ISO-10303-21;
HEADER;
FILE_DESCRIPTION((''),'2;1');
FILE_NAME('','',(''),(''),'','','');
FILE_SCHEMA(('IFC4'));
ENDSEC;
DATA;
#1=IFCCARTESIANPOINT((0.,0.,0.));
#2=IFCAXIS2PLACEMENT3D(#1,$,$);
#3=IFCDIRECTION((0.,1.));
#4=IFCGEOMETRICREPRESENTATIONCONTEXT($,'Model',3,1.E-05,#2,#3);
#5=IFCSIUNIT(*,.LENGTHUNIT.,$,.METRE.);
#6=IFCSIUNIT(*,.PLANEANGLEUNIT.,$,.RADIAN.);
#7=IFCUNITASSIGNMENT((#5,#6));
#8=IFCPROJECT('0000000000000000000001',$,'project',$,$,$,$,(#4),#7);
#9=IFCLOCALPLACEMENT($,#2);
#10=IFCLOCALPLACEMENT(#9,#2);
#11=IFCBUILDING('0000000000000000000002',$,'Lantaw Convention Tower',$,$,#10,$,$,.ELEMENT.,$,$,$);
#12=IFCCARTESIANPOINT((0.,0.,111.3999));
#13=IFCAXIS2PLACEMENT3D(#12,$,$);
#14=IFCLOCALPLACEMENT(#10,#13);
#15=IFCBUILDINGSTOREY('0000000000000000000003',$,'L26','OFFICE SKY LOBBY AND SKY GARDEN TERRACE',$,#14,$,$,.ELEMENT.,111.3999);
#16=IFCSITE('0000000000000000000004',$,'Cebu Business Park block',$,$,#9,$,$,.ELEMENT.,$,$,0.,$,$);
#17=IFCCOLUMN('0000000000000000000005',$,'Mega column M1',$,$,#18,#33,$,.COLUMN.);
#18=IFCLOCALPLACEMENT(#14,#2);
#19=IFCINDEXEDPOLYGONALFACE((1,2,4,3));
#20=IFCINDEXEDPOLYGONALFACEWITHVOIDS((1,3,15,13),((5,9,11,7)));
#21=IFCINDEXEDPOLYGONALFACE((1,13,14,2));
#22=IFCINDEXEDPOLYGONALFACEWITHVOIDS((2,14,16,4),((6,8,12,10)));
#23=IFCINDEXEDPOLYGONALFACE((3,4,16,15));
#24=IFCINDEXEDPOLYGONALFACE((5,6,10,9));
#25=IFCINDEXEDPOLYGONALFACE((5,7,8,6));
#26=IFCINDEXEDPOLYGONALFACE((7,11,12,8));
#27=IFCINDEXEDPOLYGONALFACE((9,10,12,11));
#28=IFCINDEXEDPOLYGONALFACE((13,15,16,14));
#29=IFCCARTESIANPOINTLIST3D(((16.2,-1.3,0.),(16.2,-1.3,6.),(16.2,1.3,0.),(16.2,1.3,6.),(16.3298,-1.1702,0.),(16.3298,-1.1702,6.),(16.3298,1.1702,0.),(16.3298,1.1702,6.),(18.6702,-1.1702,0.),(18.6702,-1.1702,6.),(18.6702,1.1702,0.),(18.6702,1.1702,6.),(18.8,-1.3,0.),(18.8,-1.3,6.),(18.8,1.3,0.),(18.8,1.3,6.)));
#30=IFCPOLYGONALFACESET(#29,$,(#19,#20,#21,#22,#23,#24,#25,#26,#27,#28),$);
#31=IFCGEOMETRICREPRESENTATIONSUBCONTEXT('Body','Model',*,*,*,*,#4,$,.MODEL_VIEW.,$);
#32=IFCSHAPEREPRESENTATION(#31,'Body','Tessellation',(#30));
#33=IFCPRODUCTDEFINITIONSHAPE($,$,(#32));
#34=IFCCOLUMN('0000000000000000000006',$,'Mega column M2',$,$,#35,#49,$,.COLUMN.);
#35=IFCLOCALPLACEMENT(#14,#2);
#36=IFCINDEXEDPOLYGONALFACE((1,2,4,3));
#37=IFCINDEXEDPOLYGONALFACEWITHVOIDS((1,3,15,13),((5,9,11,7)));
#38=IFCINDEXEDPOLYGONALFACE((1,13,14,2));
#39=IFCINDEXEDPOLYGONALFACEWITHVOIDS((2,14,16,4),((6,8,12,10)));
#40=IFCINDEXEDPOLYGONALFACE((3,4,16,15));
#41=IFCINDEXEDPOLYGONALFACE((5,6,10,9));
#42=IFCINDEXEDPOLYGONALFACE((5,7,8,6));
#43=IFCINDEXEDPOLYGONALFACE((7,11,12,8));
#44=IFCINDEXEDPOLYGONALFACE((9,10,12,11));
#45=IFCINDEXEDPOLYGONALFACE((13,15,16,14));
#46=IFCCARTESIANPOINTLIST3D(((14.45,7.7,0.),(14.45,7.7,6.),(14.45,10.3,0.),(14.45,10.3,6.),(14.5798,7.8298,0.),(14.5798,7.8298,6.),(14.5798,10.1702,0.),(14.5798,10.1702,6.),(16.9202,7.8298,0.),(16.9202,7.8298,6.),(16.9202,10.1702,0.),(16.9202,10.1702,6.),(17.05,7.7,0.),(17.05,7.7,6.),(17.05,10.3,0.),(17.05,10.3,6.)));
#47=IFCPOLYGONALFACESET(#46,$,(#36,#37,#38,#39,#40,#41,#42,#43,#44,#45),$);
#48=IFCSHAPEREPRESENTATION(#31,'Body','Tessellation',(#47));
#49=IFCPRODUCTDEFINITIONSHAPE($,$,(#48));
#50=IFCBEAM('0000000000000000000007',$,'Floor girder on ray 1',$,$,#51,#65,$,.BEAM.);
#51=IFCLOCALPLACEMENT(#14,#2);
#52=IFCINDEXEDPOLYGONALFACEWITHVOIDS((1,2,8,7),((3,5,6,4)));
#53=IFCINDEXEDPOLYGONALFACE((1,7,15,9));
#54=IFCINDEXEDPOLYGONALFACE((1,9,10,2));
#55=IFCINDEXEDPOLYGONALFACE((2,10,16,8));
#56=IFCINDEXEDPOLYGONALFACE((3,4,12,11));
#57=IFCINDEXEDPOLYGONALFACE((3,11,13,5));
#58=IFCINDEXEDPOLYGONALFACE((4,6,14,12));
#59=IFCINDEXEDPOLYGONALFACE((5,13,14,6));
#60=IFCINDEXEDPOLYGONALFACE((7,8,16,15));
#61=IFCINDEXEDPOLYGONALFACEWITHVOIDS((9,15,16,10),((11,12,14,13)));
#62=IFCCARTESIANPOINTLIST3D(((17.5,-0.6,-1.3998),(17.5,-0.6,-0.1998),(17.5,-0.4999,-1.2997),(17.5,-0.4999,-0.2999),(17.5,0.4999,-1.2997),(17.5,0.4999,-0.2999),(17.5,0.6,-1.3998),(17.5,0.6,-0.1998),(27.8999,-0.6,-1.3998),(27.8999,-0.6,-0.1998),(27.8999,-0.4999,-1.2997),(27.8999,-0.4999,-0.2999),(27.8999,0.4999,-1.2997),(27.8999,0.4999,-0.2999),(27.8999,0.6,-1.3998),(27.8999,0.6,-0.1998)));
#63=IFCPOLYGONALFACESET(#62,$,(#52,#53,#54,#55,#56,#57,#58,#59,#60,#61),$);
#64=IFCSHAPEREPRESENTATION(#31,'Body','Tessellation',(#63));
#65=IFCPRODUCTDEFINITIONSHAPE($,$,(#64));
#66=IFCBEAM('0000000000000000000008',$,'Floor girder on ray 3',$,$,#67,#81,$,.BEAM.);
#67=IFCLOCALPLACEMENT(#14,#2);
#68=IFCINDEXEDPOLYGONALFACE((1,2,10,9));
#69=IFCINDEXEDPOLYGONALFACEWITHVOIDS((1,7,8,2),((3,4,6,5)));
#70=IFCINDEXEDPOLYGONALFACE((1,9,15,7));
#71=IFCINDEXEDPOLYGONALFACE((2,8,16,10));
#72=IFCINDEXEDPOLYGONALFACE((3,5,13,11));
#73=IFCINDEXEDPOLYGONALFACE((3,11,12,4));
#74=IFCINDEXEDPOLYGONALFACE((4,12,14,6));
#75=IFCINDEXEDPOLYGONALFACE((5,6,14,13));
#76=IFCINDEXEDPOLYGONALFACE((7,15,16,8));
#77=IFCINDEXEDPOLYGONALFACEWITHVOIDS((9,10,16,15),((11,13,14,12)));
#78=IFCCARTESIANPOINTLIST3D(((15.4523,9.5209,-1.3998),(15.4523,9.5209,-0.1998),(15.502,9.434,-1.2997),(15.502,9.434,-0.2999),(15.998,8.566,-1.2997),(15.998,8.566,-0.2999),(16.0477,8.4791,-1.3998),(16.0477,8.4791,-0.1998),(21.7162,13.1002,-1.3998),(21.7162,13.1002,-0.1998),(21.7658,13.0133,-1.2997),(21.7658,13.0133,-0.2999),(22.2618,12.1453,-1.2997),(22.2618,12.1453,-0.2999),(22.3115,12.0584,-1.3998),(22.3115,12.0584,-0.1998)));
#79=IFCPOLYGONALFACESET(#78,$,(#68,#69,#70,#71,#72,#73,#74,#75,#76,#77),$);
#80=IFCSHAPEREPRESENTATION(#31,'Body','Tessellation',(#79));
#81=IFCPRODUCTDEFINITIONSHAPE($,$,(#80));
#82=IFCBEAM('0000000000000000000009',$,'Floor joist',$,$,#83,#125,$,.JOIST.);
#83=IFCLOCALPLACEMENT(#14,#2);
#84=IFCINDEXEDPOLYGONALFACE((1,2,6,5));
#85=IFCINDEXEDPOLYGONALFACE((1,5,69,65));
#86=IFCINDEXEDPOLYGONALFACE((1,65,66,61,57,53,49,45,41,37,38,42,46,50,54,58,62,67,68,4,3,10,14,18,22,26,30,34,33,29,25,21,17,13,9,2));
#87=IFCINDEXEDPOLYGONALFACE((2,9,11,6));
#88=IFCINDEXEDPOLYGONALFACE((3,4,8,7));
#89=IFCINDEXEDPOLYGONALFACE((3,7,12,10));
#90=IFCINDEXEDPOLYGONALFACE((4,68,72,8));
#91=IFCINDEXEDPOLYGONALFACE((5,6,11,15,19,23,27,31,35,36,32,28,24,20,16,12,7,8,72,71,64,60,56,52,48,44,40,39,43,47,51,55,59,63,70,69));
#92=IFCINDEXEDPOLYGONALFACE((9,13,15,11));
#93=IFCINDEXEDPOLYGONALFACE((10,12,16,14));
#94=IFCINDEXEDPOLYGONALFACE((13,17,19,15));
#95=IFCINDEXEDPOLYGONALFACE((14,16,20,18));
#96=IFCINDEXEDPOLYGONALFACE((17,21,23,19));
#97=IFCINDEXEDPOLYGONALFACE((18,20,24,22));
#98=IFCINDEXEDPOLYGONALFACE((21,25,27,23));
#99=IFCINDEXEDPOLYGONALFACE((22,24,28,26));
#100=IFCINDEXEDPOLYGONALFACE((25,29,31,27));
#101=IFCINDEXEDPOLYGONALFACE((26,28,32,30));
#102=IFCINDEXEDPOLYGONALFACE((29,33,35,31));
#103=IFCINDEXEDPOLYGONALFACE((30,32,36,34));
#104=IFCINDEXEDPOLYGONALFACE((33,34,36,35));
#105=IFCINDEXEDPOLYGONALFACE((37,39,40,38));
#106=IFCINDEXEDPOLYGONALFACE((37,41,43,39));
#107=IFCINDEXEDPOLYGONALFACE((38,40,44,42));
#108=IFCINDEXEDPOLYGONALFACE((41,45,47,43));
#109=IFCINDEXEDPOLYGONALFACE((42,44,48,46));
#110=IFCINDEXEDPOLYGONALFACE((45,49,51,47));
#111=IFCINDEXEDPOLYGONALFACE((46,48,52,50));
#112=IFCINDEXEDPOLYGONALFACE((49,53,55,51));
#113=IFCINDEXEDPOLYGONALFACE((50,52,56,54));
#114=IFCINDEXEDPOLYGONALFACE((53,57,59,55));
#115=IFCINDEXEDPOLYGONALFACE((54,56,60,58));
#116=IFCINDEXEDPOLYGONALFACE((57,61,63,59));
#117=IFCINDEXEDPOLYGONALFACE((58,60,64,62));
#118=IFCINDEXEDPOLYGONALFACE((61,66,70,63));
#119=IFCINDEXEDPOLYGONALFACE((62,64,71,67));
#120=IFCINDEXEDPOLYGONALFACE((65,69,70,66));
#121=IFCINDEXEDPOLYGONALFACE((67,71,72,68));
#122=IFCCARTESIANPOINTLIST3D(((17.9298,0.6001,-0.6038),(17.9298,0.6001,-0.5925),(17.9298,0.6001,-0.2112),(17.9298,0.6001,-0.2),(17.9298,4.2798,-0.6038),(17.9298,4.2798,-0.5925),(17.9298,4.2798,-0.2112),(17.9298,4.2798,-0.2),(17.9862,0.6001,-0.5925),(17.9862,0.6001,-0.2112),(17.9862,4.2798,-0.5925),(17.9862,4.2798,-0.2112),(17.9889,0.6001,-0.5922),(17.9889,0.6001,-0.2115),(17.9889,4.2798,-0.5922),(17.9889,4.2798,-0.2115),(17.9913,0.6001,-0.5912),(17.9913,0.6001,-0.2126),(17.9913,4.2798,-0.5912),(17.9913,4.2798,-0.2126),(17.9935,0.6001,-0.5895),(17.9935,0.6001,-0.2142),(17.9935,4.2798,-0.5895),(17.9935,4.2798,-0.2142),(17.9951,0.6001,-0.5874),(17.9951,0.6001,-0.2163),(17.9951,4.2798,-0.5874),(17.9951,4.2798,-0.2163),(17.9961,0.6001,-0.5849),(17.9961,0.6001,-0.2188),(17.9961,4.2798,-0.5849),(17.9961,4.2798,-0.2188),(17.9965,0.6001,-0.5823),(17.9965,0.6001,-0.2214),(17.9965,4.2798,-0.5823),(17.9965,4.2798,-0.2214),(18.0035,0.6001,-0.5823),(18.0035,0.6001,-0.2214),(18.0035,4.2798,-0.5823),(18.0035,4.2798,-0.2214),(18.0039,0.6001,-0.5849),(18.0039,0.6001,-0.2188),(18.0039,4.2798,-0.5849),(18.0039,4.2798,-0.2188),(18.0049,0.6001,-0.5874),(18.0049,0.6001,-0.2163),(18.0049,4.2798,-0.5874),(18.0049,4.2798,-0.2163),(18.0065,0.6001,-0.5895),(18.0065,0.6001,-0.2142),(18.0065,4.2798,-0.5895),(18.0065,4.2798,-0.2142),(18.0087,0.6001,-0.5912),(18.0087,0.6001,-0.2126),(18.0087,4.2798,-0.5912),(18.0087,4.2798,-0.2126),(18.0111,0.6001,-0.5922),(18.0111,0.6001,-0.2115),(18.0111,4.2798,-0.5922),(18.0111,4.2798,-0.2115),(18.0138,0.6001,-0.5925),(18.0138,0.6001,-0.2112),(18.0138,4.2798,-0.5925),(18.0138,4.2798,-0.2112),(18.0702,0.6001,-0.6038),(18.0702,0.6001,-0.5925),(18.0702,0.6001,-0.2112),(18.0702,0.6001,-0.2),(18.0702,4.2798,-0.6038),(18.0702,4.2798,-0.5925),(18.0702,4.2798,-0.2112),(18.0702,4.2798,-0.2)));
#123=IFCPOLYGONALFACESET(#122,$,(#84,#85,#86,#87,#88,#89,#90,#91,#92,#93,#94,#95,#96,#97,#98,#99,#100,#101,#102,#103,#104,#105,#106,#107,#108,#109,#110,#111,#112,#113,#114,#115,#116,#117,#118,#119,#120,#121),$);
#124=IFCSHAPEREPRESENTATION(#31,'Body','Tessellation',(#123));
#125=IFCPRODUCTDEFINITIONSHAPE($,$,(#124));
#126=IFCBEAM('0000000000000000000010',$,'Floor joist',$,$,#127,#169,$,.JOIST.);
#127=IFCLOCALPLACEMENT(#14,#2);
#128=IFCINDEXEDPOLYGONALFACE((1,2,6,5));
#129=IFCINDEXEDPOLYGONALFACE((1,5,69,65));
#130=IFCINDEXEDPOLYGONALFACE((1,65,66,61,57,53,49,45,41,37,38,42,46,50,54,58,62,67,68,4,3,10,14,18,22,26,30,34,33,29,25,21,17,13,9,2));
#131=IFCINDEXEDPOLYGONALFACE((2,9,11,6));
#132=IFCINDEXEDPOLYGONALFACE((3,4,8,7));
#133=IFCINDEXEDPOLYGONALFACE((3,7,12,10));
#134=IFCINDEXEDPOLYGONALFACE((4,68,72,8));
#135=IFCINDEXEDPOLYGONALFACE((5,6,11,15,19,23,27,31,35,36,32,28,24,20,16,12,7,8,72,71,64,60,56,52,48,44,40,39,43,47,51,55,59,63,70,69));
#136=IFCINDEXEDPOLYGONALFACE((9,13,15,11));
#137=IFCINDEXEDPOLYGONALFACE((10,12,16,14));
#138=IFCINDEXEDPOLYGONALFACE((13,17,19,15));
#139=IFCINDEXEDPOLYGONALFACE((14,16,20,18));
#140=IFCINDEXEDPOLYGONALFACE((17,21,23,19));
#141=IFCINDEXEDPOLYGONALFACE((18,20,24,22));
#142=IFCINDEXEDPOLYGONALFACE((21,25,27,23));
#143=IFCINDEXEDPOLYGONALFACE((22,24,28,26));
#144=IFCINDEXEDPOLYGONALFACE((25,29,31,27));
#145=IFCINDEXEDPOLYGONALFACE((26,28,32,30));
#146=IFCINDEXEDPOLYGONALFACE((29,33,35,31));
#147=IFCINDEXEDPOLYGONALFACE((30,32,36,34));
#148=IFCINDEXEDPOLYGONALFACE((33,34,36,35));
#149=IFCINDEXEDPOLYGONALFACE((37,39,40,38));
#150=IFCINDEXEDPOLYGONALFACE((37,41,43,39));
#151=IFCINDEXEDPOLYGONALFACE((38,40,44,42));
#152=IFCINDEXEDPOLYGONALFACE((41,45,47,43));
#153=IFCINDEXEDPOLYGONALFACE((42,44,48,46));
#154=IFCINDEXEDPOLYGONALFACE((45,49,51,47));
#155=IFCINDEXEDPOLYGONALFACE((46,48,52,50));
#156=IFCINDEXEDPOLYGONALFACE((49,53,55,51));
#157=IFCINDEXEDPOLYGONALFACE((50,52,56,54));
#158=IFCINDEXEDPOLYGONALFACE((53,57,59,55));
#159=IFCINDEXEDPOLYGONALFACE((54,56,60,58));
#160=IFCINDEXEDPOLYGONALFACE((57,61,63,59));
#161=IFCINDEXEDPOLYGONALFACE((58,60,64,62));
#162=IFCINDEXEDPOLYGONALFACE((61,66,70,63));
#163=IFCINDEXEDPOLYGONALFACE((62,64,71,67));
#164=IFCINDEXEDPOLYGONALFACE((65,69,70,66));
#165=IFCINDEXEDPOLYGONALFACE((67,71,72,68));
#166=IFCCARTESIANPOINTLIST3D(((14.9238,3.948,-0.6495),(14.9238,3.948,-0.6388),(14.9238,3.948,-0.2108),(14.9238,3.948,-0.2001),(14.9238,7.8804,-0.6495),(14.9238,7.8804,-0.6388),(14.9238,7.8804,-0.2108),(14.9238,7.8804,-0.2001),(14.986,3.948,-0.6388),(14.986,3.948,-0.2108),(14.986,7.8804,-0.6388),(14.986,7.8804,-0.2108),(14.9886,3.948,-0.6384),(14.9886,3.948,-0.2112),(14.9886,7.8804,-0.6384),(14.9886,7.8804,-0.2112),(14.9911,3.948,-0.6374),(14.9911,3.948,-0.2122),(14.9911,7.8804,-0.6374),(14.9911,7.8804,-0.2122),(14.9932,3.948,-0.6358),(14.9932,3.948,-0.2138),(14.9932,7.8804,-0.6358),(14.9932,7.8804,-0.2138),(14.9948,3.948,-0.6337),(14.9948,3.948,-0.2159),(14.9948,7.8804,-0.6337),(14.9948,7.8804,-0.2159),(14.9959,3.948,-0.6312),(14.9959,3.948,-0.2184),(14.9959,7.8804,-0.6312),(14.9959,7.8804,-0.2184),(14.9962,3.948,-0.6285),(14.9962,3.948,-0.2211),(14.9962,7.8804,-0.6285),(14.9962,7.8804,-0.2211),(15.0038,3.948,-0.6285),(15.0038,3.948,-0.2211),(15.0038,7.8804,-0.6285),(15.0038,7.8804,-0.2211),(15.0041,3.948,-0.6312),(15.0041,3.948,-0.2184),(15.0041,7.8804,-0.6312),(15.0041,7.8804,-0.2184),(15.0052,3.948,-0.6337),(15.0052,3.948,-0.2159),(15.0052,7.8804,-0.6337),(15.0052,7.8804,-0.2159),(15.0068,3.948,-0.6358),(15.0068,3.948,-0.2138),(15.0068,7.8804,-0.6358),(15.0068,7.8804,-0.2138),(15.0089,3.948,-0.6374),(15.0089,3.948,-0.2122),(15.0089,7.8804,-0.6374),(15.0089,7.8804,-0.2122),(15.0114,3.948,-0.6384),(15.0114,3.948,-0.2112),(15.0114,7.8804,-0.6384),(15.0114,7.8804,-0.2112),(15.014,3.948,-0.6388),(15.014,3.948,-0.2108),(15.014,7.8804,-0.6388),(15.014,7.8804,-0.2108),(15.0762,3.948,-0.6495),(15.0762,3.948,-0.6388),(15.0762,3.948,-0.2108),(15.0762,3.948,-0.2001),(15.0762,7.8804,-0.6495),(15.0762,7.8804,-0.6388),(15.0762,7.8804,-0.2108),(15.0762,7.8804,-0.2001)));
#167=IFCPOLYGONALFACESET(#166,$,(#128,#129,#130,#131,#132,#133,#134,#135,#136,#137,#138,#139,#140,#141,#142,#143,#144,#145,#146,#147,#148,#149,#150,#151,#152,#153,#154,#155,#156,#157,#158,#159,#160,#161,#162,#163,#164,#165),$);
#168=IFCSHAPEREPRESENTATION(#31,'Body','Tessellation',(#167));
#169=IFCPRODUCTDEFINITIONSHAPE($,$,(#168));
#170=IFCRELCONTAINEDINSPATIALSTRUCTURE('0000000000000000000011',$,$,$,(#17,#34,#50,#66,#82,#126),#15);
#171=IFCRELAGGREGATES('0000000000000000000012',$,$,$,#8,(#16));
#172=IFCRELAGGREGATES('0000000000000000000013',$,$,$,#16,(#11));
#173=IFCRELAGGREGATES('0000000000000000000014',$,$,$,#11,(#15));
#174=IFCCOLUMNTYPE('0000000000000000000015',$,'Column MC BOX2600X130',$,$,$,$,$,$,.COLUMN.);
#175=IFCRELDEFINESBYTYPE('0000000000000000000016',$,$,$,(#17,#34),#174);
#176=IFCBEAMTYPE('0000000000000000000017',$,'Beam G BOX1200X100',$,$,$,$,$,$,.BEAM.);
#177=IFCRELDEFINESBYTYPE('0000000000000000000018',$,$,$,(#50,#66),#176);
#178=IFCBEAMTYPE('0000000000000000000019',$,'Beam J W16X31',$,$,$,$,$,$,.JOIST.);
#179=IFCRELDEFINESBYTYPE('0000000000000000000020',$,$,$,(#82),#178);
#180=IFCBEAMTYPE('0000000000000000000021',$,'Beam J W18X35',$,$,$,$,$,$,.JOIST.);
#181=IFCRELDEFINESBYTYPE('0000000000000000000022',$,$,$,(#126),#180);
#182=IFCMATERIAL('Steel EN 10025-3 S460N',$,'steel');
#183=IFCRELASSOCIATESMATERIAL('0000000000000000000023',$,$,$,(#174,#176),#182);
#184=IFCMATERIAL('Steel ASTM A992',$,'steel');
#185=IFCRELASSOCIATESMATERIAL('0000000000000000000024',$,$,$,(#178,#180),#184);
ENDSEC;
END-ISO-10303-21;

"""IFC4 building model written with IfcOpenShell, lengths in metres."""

from ifc_helpers import new_model, si_unit, direction, frame, origin, origin_2d, place, context, subcontext, project, spatial, rectangle, hollow_rectangle, i_section, extrude, material, material_profile, profile_set, type_object, element, save


model = new_model("IFC4")

# Units and contexts
model_context = context("Model", 3, precision=1e-05, world=origin(), true_north=direction((0.0, 1.0)))
body_context = subcontext(model_context, "Body", "Model", "MODEL_VIEW")
ifc_project = project(units=[si_unit("LENGTHUNIT", "METRE"), si_unit("PLANEANGLEUNIT", "RADIAN")], contexts=[model_context])

# Site, building, storey
site_placement = place(None, origin())
site = spatial("IfcSite", under=ifc_project, at=site_placement, Name="Cebu Business Park block", CompositionType="ELEMENT", RefElevation=0.0)
building_placement = place(site_placement, origin())
building = spatial("IfcBuilding", under=site, at=building_placement, Name="Lantaw Convention Tower", CompositionType="ELEMENT")
storey_placement = place(building_placement, frame((0.0, 0.0, 111.3999)))
storey = spatial("IfcBuildingStorey", under=building, at=storey_placement, Name="L26", Description="OFFICE SKY LOBBY AND SKY GARDEN TERRACE", CompositionType="ELEMENT", Elevation=111.3999)

# Columns
ifc_material_1 = material(Name="Steel EN 10025-3 S460N", Category="steel")
ifc_material_profile_1 = material_profile(ifc_material_1, hollow_rectangle(XDim=2.6001, YDim=2.6001, WallThickness=0.1299, at=origin_2d()), Name="BOX2600X130")
ifc_material_2 = material(Name="Concrete C60/75", Category="concrete")
ifc_material_profile_2 = material_profile(ifc_material_2, rectangle(XDim=2.3401, YDim=2.3401, at=origin_2d()), Name="Concrete fill of BOX2600X130")
ifc_profile_set_1 = profile_set([ifc_material_profile_1, ifc_material_profile_2], Name="Steel EN 10025-3 S460N")
column_type = type_object("IfcColumnType", Name="Column MC BOX2600X130", PredefinedType="COLUMN", material=ifc_profile_set_1)
for number, where, z_axis, x_axis, name in (
    (1, (17.5, 0.0, 0.0), (0.0, 0.0, 1.0), (1.0, 0.0, 0.0), "Mega column M1"),
    (2, (15.75, 9.0, 0.0), (0.0, 0.0, 1.0), (1.0, 0.0, 0.0), "Mega column M2"),
):
    element("IfcColumn", number, at=place(storey_placement, frame(where, z_axis=z_axis, x_axis=x_axis)), inside=storey, type_object=column_type, Name=name, PredefinedType="COLUMN", context=body_context, shape_type="SweptSolid", body=[
        extrude(hollow_rectangle(XDim=2.6001, YDim=2.6001, WallThickness=0.1299, at=origin_2d()), origin(), (0.0, 0.0, 1.0), 6.0),
    ])

# Beams
ifc_material_profile_3 = material_profile(ifc_material_1, hollow_rectangle(XDim=1.2, YDim=1.2, WallThickness=0.1001, at=origin_2d()), Name="BOX1200X100")
ifc_profile_set_2 = profile_set([ifc_material_profile_3], Name="Steel EN 10025-3 S460N")
beam_type_1 = type_object("IfcBeamType", Name="Beam G BOX1200X100", PredefinedType="BEAM", material=ifc_profile_set_2)
beam_1_placement = place(storey_placement, frame((17.5, 0.0, -0.7998), z_axis=(1.0, 0.0, 0.0), x_axis=(0.0, 1.0, 0.0)))
element("IfcBeam", 3, at=beam_1_placement, inside=storey, type_object=beam_type_1, Name="Floor girder on ray 1", PredefinedType="BEAM", context=body_context, shape_type="SweptSolid", body=[
    extrude(hollow_rectangle(XDim=1.2, YDim=1.2, WallThickness=0.1001, at=origin_2d()), origin(), (0.0, 0.0, 1.0), 10.3999),
])
beam_2_placement = place(storey_placement, frame((15.75, 9.0, -0.7998), z_axis=(0.868245, 0.496135, 0.0), x_axis=(-0.496135, 0.868245, 0.0)))
element("IfcBeam", 4, at=beam_2_placement, inside=storey, type_object=beam_type_1, Name="Floor girder on ray 3", PredefinedType="BEAM", context=body_context, shape_type="SweptSolid", body=[
    extrude(hollow_rectangle(XDim=1.2, YDim=1.2, WallThickness=0.1001, at=origin_2d()), origin(), (0.0, 0.0, 1.0), 7.2144),
])
ifc_material_3 = material(Name="Steel ASTM A992", Category="steel")
ifc_material_profile_4 = material_profile(ifc_material_3, i_section(OverallWidth=0.1404, OverallDepth=0.4038, WebThickness=0.0071, FlangeThickness=0.0112, FilletRadius=0.0103, at=origin_2d()), Name="W16X31")
ifc_profile_set_3 = profile_set([ifc_material_profile_4], Name="Steel ASTM A992")
beam_type_2 = type_object("IfcBeamType", Name="Beam J W16X31", PredefinedType="JOIST", material=ifc_profile_set_3)
beam_3_placement = place(storey_placement, frame((18.0, 0.6001, -0.4019), z_axis=(0.0, 1.0, 0.0), x_axis=(-1.0, 0.0, 0.0)))
element("IfcBeam", 5, at=beam_3_placement, inside=storey, type_object=beam_type_2, Name="Floor joist", PredefinedType="JOIST", context=body_context, shape_type="SweptSolid", body=[
    extrude(i_section(OverallWidth=0.1404, OverallDepth=0.4038, WebThickness=0.0071, FlangeThickness=0.0112, FilletRadius=0.0103, at=origin_2d()), origin(), (0.0, 0.0, 1.0), 3.6797),
])
ifc_material_profile_5 = material_profile(ifc_material_3, i_section(OverallWidth=0.1523, OverallDepth=0.4495, WebThickness=0.0076, FlangeThickness=0.0107, FilletRadius=0.0103, at=origin_2d()), Name="W18X35")
ifc_profile_set_4 = profile_set([ifc_material_profile_5], Name="Steel ASTM A992")
beam_type_3 = type_object("IfcBeamType", Name="Beam J W18X35", PredefinedType="JOIST", material=ifc_profile_set_4)
beam_4_placement = place(storey_placement, frame((15.0, 3.948, -0.4248), z_axis=(0.0, 1.0, 0.0), x_axis=(-1.0, 0.0, 0.0)))
element("IfcBeam", 6, at=beam_4_placement, inside=storey, type_object=beam_type_3, Name="Floor joist", PredefinedType="JOIST", context=body_context, shape_type="SweptSolid", body=[
    extrude(i_section(OverallWidth=0.1523, OverallDepth=0.4495, WebThickness=0.0076, FlangeThickness=0.0107, FilletRadius=0.0103, at=origin_2d()), origin(), (0.0, 0.0, 1.0), 3.9324),
])

save(model, "model.ifc")
